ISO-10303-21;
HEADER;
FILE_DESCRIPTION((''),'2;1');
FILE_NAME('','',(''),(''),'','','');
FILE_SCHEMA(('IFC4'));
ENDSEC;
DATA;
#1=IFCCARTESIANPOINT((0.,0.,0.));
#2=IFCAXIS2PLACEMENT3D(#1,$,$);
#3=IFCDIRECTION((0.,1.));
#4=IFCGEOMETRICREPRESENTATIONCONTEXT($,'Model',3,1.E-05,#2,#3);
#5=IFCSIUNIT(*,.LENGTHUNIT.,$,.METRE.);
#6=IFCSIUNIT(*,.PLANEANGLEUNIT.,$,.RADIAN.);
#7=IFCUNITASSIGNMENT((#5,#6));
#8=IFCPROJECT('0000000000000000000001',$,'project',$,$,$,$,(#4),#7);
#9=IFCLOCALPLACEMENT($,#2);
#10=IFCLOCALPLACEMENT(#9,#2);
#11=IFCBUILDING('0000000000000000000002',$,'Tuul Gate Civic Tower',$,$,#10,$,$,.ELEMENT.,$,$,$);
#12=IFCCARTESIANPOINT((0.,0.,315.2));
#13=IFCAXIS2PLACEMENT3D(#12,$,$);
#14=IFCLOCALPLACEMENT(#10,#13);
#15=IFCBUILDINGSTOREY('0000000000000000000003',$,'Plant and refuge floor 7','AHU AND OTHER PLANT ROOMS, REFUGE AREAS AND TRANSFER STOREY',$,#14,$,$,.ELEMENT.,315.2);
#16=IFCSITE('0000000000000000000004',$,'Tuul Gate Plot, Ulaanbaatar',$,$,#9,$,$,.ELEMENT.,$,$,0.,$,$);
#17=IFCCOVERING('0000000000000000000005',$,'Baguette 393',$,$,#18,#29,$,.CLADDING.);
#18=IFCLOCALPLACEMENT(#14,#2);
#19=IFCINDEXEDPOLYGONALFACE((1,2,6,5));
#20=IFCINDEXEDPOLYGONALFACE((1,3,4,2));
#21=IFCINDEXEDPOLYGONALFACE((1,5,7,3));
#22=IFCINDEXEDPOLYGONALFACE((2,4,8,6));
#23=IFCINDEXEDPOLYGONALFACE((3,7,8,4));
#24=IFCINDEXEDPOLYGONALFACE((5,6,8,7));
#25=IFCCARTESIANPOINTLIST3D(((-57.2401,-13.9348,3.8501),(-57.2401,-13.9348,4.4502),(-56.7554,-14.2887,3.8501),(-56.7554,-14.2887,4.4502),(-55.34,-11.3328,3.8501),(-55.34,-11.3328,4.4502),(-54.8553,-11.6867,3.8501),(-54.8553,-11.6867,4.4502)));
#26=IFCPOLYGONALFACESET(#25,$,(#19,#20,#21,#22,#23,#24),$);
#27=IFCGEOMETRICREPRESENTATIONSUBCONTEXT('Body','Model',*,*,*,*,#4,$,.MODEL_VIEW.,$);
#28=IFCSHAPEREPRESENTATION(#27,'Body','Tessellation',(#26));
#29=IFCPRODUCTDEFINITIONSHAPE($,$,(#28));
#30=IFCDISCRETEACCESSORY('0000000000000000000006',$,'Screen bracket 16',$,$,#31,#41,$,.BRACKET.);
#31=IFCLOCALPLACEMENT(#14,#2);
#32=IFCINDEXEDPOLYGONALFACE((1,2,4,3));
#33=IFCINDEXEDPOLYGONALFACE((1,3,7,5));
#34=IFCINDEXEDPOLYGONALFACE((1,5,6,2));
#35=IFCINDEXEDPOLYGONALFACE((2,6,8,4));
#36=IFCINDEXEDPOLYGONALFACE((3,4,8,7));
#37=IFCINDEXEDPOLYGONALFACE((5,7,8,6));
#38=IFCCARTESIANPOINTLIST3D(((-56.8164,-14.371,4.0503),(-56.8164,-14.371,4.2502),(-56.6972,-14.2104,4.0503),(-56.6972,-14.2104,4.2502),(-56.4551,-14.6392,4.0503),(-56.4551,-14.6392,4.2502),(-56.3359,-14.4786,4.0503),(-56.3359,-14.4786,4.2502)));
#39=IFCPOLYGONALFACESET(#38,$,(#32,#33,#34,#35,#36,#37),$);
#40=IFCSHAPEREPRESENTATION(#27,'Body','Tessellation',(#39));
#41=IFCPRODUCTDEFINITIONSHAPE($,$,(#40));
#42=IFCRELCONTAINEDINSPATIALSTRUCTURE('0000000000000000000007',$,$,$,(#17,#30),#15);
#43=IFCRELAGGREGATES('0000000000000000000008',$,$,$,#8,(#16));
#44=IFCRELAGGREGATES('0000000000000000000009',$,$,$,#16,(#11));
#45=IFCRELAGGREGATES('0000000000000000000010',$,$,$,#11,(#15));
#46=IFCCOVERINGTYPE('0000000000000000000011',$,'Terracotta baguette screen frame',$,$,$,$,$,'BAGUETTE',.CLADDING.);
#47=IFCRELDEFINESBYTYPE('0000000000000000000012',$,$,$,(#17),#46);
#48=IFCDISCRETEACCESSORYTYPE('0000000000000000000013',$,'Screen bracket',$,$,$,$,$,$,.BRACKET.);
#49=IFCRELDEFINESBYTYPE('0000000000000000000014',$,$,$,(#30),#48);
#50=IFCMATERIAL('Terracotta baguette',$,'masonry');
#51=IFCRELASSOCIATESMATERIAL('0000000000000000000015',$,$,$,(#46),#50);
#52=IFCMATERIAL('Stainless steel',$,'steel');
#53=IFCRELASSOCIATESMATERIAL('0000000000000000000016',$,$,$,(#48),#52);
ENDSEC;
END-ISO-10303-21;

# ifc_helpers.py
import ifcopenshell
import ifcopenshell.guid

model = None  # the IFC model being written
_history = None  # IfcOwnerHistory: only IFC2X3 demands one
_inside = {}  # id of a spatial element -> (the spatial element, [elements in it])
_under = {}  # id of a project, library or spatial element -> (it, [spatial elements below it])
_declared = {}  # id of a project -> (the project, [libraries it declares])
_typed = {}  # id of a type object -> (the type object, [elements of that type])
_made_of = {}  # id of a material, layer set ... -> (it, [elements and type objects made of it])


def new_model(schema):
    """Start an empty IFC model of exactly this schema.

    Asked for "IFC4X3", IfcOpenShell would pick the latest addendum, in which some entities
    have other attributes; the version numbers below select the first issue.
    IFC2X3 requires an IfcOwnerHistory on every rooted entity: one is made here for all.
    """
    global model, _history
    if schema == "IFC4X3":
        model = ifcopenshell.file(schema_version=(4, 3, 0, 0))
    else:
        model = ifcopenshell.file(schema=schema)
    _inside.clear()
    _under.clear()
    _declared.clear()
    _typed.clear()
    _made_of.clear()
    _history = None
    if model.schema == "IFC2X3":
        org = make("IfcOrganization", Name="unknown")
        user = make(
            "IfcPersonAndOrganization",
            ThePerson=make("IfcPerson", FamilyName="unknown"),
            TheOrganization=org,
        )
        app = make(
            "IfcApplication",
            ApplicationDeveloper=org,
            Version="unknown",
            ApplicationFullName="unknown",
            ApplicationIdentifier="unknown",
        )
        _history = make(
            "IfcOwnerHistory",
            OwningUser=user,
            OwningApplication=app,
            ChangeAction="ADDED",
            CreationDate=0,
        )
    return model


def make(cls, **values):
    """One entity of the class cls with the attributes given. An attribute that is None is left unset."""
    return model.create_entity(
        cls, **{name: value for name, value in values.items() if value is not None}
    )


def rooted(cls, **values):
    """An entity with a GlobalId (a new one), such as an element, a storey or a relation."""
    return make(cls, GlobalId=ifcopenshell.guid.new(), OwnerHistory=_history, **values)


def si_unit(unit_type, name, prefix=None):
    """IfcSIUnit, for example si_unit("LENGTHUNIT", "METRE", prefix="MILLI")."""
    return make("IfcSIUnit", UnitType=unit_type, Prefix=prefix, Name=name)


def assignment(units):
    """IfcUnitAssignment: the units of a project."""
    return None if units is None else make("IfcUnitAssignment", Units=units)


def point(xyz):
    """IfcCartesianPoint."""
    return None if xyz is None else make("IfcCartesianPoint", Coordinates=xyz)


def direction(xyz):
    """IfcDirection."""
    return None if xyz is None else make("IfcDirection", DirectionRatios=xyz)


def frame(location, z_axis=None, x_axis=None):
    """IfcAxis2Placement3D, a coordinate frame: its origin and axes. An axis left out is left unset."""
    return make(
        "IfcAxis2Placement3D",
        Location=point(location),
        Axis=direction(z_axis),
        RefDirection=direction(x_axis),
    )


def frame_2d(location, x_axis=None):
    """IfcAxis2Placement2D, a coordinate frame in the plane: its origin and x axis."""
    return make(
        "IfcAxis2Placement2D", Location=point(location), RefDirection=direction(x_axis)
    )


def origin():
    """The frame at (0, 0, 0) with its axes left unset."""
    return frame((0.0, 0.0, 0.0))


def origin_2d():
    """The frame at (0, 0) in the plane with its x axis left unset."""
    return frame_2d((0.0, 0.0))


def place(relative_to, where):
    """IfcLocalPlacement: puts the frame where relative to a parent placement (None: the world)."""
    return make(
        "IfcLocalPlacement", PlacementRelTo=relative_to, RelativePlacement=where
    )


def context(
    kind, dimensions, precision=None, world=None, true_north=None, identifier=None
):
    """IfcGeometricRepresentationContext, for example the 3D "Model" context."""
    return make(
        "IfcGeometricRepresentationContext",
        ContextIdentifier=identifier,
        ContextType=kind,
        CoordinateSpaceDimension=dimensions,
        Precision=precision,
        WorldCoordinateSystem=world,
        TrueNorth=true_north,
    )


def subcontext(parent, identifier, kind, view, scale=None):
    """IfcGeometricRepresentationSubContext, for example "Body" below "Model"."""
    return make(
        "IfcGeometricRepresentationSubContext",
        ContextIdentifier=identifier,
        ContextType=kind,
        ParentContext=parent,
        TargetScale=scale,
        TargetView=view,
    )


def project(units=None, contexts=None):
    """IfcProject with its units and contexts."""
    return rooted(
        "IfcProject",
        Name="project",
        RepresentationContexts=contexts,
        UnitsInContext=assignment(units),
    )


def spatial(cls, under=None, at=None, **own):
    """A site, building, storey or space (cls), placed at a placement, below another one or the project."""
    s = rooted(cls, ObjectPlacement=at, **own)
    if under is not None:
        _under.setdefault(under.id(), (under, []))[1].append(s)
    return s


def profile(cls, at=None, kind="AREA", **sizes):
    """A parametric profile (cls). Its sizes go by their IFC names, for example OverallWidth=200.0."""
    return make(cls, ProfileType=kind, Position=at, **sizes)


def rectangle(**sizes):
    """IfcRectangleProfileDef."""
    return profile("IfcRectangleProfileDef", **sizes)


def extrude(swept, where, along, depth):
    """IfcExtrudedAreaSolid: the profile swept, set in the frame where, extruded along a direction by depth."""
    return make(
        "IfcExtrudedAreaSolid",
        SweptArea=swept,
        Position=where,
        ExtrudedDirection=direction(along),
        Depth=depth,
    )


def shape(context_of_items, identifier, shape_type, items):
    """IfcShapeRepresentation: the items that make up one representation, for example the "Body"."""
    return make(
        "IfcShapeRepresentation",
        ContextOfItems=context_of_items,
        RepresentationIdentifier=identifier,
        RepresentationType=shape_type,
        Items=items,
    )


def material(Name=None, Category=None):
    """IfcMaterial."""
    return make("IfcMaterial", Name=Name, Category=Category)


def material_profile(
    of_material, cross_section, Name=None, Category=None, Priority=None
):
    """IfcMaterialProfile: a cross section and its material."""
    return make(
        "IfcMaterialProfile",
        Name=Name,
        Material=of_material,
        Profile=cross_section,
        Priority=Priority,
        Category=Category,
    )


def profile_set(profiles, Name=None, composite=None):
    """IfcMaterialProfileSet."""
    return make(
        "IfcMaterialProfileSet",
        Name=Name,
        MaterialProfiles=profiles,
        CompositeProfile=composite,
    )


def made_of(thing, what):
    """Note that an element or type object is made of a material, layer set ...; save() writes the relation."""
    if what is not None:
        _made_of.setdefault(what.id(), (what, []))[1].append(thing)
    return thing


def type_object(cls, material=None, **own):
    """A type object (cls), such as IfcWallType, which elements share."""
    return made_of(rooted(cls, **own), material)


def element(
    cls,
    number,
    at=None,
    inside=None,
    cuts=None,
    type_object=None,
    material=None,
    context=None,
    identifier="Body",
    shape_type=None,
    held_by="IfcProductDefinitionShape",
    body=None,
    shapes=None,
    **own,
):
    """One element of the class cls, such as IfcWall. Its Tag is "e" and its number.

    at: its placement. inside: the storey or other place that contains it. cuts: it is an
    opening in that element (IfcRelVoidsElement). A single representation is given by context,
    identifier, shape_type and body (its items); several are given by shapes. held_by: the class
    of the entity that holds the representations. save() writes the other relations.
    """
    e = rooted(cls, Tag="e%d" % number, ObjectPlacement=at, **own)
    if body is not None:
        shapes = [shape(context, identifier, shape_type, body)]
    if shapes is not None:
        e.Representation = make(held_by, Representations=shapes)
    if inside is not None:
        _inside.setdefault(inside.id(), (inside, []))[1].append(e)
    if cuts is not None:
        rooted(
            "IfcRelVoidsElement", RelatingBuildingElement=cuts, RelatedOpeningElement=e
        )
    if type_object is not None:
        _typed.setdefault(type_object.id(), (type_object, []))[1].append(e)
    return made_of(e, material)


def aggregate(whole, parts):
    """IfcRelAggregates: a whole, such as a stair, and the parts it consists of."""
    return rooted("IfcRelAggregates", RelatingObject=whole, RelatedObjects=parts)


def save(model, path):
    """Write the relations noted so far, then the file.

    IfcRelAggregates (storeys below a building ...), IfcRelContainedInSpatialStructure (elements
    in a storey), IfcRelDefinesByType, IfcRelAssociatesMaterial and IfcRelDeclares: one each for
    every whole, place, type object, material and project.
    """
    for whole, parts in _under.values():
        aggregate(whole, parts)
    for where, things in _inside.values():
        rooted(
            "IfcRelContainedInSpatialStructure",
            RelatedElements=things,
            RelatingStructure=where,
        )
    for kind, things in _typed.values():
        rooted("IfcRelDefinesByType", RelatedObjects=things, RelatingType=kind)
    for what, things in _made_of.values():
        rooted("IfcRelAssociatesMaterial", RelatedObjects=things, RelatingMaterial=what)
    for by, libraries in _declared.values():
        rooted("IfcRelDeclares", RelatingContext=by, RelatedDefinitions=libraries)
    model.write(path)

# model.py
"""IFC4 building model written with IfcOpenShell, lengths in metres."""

from ifc_helpers import new_model, si_unit, direction, frame, origin, origin_2d, place, context, subcontext, project, spatial, rectangle, extrude, material, material_profile, profile_set, type_object, element, save


model = new_model("IFC4")

# Units and contexts
model_context = context("Model", 3, precision=1e-05, world=origin(), true_north=direction((0.0, 1.0)))
body_context = subcontext(model_context, "Body", "Model", "MODEL_VIEW")
ifc_project = project(units=[si_unit("LENGTHUNIT", "METRE"), si_unit("PLANEANGLEUNIT", "RADIAN")], contexts=[model_context])

# Site, building, storey
site_placement = place(None, origin())
site = spatial("IfcSite", under=ifc_project, at=site_placement, Name="Tuul Gate Plot, Ulaanbaatar", CompositionType="ELEMENT", RefElevation=0.0)
building_placement = place(site_placement, origin())
building = spatial("IfcBuilding", under=site, at=building_placement, Name="Tuul Gate Civic Tower", CompositionType="ELEMENT")
storey_placement = place(building_placement, frame((0.0, 0.0, 315.2)))
storey = spatial("IfcBuildingStorey", under=building, at=storey_placement, Name="Plant and refuge floor 7", Description="AHU AND OTHER PLANT ROOMS, REFUGE AREAS AND TRANSFER STOREY", CompositionType="ELEMENT", Elevation=315.2)

# Covering
ifc_material_1 = material(Name="Terracotta baguette", Category="masonry")
ifc_material_profile_1 = material_profile(ifc_material_1, rectangle(XDim=0.6001, YDim=0.6001, at=origin_2d()), Name="Terracotta baguette screen frame")
ifc_profile_set_1 = profile_set([ifc_material_profile_1], Name="Terracotta baguette")
covering_type = type_object("IfcCoveringType", Name="Terracotta baguette screen frame", ElementType="BAGUETTE", PredefinedType="CLADDING", material=ifc_profile_set_1)
covering_1_placement = place(storey_placement, frame((-55.0977, -11.5098, 4.1501), z_axis=(-0.589743, -0.807591, 0.0), x_axis=(0.807591, -0.589743, 0.0)))
element("IfcCovering", 1, at=covering_1_placement, inside=storey, type_object=covering_type, Name="Baguette 393", PredefinedType="CLADDING", context=body_context, shape_type="SweptSolid", body=[
    extrude(rectangle(XDim=0.6001, YDim=0.6001, at=origin_2d()), origin(), (0.0, 0.0, 1.0), 3.2219),
])

# Discrete accessory
ifc_material_2 = material(Name="Stainless steel", Category="steel")
discrete_accessory_type = type_object("IfcDiscreteAccessoryType", Name="Screen bracket", PredefinedType="BRACKET", material=ifc_material_2)
discrete_accessory_placement = place(storey_placement, frame((-56.5762, -14.4248, 4.0503), z_axis=(0.0, 0.0, 1.0), x_axis=(-0.802893, 0.596123, 0.0)))
element("IfcDiscreteAccessory", 2, at=discrete_accessory_placement, inside=storey, type_object=discrete_accessory_type, Name="Screen bracket 16", PredefinedType="BRACKET", context=body_context, shape_type="SweptSolid", body=[
    extrude(rectangle(XDim=0.45, YDim=0.2, at=origin_2d()), origin(), (0.0, 0.0, 1.0), 0.2),
])

save(model, "model.ifc")
